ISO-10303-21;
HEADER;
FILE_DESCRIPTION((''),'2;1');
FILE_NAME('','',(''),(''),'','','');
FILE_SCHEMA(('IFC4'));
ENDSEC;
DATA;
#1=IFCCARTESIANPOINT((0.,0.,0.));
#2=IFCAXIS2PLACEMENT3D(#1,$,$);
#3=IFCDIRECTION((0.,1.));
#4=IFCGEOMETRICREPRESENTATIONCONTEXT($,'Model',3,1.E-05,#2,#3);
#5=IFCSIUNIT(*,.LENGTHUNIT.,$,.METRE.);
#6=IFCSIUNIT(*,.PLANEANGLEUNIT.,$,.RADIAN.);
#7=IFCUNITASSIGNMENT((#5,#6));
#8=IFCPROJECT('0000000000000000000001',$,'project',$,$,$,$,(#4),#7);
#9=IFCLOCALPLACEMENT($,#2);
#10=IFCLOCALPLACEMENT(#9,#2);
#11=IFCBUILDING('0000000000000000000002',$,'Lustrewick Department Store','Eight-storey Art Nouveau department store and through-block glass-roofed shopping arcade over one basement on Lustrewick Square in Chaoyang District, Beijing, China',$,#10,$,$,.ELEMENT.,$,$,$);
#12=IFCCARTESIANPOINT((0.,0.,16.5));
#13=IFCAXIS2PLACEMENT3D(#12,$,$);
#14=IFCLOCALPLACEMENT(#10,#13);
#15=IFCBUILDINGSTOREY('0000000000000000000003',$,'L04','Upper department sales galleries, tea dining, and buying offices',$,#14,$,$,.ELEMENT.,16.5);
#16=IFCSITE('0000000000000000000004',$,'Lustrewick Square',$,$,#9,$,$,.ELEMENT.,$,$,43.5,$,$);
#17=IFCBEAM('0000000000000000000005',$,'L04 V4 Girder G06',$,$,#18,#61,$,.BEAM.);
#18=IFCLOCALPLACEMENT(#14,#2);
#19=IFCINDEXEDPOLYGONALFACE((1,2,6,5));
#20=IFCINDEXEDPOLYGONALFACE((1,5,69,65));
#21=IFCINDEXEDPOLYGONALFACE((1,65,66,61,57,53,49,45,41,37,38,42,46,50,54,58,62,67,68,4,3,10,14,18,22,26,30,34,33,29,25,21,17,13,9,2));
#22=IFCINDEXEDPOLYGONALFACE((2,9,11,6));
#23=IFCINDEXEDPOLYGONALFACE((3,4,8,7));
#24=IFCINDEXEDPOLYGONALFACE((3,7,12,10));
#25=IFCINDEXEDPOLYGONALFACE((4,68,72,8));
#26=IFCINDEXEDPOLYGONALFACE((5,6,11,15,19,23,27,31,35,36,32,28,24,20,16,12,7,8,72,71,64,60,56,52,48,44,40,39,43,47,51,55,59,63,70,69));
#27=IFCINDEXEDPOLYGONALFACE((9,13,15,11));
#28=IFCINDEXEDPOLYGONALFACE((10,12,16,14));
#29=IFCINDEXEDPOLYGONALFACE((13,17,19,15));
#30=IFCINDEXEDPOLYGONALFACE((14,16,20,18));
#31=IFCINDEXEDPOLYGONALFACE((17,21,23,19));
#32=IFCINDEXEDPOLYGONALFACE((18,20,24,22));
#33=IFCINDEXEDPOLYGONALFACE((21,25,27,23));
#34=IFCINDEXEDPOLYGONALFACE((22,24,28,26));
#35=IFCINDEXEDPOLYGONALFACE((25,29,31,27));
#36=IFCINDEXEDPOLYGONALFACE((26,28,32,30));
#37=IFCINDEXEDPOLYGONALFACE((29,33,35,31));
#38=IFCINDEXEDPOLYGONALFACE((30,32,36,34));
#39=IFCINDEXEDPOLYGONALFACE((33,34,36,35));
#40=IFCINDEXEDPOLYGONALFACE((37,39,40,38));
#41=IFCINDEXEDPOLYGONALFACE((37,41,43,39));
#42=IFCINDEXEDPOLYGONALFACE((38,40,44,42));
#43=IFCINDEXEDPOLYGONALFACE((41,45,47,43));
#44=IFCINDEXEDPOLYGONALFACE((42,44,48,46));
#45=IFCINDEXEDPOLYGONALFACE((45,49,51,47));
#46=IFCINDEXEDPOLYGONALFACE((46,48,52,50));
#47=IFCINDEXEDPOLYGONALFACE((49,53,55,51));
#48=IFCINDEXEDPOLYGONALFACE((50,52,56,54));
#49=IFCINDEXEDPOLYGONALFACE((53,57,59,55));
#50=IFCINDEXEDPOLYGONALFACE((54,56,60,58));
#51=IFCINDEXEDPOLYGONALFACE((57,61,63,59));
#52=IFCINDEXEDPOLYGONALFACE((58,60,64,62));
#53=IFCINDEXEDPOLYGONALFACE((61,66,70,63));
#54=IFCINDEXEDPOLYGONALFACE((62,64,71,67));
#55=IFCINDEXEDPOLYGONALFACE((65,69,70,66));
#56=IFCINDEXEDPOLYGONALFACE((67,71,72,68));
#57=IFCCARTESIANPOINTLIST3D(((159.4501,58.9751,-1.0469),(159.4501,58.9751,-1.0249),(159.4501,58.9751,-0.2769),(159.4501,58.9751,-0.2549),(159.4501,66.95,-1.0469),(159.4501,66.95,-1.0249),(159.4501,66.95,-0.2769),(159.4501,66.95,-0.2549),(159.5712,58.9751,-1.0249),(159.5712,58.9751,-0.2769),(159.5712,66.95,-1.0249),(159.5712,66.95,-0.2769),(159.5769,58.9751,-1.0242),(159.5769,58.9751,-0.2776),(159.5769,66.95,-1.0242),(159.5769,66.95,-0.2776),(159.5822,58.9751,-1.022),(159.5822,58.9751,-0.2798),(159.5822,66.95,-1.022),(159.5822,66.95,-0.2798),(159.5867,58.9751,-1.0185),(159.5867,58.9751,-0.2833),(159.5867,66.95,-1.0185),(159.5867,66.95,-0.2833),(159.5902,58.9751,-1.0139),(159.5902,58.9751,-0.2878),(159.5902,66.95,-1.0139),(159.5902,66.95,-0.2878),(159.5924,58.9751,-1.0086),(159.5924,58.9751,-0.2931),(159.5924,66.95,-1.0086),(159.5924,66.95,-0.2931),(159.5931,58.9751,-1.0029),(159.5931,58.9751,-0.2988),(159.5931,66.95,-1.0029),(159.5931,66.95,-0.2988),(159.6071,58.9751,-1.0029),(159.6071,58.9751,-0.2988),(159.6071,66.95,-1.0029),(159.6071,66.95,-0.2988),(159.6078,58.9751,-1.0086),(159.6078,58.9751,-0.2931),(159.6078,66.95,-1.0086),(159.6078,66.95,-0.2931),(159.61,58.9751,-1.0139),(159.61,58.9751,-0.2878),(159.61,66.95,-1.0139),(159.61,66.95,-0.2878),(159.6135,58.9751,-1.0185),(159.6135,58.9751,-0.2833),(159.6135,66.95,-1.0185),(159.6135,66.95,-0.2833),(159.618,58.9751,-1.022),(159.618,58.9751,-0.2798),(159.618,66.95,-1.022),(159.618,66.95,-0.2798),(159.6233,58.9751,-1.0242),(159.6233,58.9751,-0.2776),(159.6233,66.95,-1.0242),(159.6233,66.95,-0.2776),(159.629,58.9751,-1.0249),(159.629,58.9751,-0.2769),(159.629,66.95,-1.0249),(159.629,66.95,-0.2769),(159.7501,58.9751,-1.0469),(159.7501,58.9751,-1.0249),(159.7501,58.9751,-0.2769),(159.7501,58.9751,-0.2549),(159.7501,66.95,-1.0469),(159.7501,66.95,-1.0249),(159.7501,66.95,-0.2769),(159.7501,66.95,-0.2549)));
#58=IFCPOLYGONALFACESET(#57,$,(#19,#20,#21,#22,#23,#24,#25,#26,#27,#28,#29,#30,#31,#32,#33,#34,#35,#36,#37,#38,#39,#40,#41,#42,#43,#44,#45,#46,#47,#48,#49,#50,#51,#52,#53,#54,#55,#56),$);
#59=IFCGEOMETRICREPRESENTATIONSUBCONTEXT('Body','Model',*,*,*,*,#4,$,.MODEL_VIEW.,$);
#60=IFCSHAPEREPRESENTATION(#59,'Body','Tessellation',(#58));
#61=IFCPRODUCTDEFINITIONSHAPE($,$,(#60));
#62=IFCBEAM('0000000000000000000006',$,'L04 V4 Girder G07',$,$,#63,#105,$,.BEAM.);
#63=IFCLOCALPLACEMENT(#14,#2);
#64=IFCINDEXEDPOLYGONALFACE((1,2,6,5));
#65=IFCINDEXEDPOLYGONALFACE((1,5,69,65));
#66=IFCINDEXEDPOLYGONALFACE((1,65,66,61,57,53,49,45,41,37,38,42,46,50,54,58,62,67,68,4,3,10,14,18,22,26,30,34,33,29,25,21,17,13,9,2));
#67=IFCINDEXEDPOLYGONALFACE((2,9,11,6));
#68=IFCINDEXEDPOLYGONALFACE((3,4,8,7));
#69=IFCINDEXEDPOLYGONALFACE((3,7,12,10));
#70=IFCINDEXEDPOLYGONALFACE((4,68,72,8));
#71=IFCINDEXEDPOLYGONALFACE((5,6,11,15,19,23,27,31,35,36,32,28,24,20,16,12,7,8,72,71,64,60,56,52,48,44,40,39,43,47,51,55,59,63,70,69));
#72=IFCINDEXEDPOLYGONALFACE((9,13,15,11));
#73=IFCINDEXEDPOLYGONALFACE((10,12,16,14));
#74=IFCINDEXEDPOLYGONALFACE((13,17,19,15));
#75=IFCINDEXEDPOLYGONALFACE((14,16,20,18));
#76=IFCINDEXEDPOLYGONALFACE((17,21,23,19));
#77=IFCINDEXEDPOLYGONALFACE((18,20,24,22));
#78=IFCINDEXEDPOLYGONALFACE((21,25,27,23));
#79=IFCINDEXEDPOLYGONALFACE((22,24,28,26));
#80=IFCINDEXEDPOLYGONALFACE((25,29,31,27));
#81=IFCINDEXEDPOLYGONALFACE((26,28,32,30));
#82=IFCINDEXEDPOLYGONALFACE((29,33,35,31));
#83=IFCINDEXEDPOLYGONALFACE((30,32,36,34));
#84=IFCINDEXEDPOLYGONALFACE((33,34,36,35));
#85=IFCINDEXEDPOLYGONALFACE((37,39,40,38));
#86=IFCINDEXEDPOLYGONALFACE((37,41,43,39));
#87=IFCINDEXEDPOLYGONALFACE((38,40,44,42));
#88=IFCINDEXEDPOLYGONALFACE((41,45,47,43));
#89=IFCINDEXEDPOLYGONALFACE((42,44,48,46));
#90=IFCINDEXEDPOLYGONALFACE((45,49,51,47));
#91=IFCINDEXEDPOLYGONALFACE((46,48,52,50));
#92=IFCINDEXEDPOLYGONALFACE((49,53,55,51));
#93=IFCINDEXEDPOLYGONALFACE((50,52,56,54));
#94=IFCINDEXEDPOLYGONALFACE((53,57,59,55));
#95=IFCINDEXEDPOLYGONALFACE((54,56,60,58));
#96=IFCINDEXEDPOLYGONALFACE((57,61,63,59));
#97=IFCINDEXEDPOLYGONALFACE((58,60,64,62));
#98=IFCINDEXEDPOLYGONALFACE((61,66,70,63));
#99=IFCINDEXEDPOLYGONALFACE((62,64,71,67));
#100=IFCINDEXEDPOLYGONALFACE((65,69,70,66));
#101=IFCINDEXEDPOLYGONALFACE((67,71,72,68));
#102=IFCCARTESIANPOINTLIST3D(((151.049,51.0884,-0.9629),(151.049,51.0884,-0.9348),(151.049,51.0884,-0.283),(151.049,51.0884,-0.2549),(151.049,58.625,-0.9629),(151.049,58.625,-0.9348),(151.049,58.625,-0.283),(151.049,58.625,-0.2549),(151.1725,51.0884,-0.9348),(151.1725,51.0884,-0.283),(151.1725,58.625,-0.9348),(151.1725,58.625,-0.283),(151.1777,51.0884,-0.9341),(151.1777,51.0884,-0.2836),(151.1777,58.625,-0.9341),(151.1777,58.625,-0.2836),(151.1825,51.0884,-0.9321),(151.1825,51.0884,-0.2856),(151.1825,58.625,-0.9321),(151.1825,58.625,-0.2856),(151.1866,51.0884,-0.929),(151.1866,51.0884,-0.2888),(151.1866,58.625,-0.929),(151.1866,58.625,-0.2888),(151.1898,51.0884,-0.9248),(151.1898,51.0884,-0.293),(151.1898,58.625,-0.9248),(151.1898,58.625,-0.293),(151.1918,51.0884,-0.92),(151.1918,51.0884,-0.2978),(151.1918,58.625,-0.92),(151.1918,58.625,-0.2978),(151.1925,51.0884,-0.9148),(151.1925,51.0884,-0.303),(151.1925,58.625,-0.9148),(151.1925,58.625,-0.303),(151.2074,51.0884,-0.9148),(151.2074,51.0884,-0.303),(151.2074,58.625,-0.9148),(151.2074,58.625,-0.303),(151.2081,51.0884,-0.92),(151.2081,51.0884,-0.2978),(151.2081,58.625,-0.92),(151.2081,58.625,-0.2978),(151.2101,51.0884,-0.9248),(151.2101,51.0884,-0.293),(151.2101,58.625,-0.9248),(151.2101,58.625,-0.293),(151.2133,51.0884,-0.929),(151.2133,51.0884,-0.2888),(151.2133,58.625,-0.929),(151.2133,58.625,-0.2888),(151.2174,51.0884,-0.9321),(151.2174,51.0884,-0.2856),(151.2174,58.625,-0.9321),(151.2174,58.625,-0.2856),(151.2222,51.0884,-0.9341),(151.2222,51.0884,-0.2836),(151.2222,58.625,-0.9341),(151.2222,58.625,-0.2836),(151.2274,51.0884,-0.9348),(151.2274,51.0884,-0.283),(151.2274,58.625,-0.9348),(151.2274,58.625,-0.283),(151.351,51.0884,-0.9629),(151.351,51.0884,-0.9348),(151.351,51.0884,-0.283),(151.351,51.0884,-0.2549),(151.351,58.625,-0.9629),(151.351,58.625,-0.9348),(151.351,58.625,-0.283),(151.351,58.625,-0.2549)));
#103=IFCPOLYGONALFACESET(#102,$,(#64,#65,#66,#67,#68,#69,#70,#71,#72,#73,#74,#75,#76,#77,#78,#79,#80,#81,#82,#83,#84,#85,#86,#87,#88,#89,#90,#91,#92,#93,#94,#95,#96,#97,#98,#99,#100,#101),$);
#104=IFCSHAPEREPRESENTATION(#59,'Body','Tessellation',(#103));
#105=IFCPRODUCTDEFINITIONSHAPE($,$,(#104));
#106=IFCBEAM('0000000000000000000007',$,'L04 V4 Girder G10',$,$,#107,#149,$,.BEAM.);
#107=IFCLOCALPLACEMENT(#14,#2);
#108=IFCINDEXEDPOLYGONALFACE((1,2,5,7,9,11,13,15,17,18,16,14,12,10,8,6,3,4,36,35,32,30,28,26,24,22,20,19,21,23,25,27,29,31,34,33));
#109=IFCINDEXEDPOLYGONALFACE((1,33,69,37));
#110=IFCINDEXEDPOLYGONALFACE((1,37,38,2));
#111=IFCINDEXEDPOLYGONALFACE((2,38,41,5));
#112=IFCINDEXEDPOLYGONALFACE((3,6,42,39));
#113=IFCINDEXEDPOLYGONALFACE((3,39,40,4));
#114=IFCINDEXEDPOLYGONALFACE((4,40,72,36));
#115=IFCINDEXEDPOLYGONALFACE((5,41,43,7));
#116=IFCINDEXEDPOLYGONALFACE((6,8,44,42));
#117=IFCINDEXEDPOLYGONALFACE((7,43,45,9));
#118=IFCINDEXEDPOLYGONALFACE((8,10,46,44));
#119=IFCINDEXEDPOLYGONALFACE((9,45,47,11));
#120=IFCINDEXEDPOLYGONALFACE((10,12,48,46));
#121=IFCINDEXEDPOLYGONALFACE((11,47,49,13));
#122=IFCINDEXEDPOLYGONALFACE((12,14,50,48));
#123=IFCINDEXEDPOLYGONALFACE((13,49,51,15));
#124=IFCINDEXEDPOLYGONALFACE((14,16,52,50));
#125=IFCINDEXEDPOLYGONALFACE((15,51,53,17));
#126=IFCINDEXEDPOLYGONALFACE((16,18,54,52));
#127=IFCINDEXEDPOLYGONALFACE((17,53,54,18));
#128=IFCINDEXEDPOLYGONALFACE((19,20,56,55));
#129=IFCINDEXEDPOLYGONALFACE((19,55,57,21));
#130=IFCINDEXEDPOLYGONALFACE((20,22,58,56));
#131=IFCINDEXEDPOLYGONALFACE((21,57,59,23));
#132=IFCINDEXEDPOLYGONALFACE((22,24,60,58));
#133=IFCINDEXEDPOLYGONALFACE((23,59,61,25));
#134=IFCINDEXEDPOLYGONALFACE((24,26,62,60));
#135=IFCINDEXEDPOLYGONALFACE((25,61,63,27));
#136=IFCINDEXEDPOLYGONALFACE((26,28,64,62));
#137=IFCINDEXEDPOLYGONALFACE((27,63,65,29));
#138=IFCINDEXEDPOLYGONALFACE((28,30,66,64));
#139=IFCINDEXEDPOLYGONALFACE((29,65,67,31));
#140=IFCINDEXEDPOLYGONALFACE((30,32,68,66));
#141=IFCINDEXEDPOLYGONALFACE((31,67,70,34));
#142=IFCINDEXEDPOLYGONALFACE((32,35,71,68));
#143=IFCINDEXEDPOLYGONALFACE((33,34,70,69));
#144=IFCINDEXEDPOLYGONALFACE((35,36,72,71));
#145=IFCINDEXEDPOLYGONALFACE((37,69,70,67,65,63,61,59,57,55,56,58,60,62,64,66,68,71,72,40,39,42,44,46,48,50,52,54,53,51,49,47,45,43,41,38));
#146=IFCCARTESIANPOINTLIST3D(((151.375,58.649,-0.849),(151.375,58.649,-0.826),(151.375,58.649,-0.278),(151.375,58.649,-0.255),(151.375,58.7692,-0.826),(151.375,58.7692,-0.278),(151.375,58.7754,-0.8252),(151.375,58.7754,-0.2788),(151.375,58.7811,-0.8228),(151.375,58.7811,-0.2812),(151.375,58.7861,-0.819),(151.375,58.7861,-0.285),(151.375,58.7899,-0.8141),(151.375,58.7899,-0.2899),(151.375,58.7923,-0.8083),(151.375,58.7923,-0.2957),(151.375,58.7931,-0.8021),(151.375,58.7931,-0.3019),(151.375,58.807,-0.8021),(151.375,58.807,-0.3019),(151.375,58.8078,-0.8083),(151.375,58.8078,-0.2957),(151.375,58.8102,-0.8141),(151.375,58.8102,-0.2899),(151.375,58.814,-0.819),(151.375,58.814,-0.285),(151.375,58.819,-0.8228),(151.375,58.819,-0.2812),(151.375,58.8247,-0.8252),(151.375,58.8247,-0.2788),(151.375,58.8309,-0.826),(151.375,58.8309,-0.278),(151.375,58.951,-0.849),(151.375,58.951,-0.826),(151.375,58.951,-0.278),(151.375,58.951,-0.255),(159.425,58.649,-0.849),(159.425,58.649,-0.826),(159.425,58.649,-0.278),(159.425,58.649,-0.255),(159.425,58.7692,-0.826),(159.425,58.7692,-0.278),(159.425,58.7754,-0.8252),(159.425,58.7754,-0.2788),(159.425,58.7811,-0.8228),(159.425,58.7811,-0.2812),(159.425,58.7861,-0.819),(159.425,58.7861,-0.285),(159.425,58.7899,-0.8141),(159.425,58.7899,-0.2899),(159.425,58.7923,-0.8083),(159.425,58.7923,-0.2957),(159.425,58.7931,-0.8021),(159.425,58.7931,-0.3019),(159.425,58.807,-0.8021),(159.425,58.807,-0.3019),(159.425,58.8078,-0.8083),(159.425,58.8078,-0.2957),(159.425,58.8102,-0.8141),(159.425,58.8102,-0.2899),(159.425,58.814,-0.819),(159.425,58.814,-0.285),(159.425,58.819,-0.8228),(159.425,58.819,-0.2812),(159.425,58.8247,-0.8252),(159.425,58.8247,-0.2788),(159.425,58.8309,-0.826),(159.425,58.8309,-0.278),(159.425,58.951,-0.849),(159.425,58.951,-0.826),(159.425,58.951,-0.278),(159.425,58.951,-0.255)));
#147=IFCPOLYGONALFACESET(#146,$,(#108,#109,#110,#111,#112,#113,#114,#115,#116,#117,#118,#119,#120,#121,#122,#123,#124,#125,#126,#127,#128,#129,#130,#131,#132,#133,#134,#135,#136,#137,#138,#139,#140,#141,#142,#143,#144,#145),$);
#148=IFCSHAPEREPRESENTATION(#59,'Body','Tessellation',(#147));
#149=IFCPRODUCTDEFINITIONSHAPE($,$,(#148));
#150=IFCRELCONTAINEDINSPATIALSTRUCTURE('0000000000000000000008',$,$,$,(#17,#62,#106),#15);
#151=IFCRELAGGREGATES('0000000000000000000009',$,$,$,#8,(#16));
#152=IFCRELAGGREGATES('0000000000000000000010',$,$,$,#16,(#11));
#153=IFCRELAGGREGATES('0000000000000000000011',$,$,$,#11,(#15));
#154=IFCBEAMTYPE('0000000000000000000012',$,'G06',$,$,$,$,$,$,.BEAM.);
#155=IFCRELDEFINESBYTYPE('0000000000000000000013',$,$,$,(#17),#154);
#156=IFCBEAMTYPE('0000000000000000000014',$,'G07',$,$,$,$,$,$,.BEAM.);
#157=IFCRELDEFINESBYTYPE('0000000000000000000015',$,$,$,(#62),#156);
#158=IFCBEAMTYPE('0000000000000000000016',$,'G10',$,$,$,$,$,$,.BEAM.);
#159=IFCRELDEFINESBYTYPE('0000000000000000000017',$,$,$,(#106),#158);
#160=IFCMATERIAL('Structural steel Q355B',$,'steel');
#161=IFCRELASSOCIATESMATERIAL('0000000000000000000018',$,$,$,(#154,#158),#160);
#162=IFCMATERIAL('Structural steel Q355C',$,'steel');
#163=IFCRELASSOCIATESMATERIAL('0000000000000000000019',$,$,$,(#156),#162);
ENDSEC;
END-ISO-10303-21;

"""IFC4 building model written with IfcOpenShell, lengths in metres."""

from ifc_helpers import new_model, si_unit, direction, frame, origin, origin_2d, place, context, subcontext, project, spatial, i_section, extrude, material, material_profile, profile_set, type_object, element, save


model = new_model("IFC4")

# Units and contexts
model_context = context("Model", 3, precision=1e-05, world=origin(), true_north=direction((0.0, 1.0)))
body_context = subcontext(model_context, "Body", "Model", "MODEL_VIEW")
ifc_project = project(units=[si_unit("LENGTHUNIT", "METRE"), si_unit("PLANEANGLEUNIT", "RADIAN")], contexts=[model_context])

# Site, building, storey
site_placement = place(None, origin())
site = spatial("IfcSite", under=ifc_project, at=site_placement, Name="Lustrewick Square", CompositionType="ELEMENT", RefElevation=43.5)
building_placement = place(site_placement, origin())
building = spatial("IfcBuilding", under=site, at=building_placement, Name="Lustrewick Department Store", Description="Eight-storey Art Nouveau department store and through-block glass-roofed shopping arcade over one basement on Lustrewick Square in Chaoyang District, Beijing, China", CompositionType="ELEMENT")
storey_placement = place(building_placement, frame((0.0, 0.0, 16.5)))
storey = spatial("IfcBuildingStorey", under=building, at=storey_placement, Name="L04", Description="Upper department sales galleries, tea dining, and buying offices", CompositionType="ELEMENT", Elevation=16.5)

# Shared definitions
ifc_material_1 = material(Name="Structural steel Q355C", Category="steel")

# Shared definitions
ifc_material_2 = material(Name="Structural steel Q355B", Category="steel")

# Beams
ifc_material_profile_1 = material_profile(ifc_material_2, i_section(OverallWidth=0.3, OverallDepth=0.792, WebThickness=0.0139, FlangeThickness=0.022, FilletRadius=0.022, at=origin_2d()), Name="HN 792x300x14x22")
ifc_profile_set_1 = profile_set([ifc_material_profile_1], Name="Structural steel Q355B")
beam_type_1 = type_object("IfcBeamType", Name="G06", PredefinedType="BEAM", material=ifc_profile_set_1)
beam_1_placement = place(storey_placement, frame((159.6001, 58.9751, -0.6509), z_axis=(0.0, 1.0, 0.0), x_axis=(-1.0, 0.0, 0.0)))
element("IfcBeam", 1, at=beam_1_placement, inside=storey, type_object=beam_type_1, Name="L04 V4 Girder G06", PredefinedType="BEAM", context=body_context, shape_type="SweptSolid", body=[
    extrude(i_section(OverallWidth=0.3, OverallDepth=0.792, WebThickness=0.0139, FlangeThickness=0.022, FilletRadius=0.022, at=origin_2d()), origin(), (0.0, 0.0, 1.0), 7.9749),
])
ifc_material_profile_2 = material_profile(ifc_material_1, i_section(OverallWidth=0.302, OverallDepth=0.708, WebThickness=0.0149, FlangeThickness=0.0281, FilletRadius=0.02, at=origin_2d()), Name="HN 708x302x15x28")
ifc_profile_set_2 = profile_set([ifc_material_profile_2], Name="Structural steel Q355C")
beam_type_2 = type_object("IfcBeamType", Name="G07", PredefinedType="BEAM", material=ifc_profile_set_2)
beam_2_placement = place(storey_placement, frame((151.2, 51.0884, -0.6089), z_axis=(0.0, 1.0, 0.0), x_axis=(-1.0, 0.0, 0.0)))
element("IfcBeam", 2, at=beam_2_placement, inside=storey, type_object=beam_type_2, Name="L04 V4 Girder G07", PredefinedType="BEAM", context=body_context, shape_type="SweptSolid", body=[
    extrude(i_section(OverallWidth=0.302, OverallDepth=0.708, WebThickness=0.0149, FlangeThickness=0.0281, FilletRadius=0.02, at=origin_2d()), origin(), (0.0, 0.0, 1.0), 7.5366),
])
ifc_material_profile_3 = material_profile(ifc_material_2, i_section(OverallWidth=0.302, OverallDepth=0.594, WebThickness=0.0139, FlangeThickness=0.0229, FilletRadius=0.0239, at=origin_2d()), Name="HM 594x302x14x23")
ifc_profile_set_3 = profile_set([ifc_material_profile_3], Name="Structural steel Q355B")
beam_type_3 = type_object("IfcBeamType", Name="G10", PredefinedType="BEAM", material=ifc_profile_set_3)
beam_3_placement = place(storey_placement, frame((151.375, 58.8, -0.552), z_axis=(1.0, 0.0, 0.0), x_axis=(0.0, 1.0, 0.0)))
element("IfcBeam", 3, at=beam_3_placement, inside=storey, type_object=beam_type_3, Name="L04 V4 Girder G10", PredefinedType="BEAM", context=body_context, shape_type="SweptSolid", body=[
    extrude(i_section(OverallWidth=0.302, OverallDepth=0.594, WebThickness=0.0139, FlangeThickness=0.0229, FilletRadius=0.0239, at=origin_2d()), origin(), (0.0, 0.0, 1.0), 8.05),
])

save(model, "model.ifc")
